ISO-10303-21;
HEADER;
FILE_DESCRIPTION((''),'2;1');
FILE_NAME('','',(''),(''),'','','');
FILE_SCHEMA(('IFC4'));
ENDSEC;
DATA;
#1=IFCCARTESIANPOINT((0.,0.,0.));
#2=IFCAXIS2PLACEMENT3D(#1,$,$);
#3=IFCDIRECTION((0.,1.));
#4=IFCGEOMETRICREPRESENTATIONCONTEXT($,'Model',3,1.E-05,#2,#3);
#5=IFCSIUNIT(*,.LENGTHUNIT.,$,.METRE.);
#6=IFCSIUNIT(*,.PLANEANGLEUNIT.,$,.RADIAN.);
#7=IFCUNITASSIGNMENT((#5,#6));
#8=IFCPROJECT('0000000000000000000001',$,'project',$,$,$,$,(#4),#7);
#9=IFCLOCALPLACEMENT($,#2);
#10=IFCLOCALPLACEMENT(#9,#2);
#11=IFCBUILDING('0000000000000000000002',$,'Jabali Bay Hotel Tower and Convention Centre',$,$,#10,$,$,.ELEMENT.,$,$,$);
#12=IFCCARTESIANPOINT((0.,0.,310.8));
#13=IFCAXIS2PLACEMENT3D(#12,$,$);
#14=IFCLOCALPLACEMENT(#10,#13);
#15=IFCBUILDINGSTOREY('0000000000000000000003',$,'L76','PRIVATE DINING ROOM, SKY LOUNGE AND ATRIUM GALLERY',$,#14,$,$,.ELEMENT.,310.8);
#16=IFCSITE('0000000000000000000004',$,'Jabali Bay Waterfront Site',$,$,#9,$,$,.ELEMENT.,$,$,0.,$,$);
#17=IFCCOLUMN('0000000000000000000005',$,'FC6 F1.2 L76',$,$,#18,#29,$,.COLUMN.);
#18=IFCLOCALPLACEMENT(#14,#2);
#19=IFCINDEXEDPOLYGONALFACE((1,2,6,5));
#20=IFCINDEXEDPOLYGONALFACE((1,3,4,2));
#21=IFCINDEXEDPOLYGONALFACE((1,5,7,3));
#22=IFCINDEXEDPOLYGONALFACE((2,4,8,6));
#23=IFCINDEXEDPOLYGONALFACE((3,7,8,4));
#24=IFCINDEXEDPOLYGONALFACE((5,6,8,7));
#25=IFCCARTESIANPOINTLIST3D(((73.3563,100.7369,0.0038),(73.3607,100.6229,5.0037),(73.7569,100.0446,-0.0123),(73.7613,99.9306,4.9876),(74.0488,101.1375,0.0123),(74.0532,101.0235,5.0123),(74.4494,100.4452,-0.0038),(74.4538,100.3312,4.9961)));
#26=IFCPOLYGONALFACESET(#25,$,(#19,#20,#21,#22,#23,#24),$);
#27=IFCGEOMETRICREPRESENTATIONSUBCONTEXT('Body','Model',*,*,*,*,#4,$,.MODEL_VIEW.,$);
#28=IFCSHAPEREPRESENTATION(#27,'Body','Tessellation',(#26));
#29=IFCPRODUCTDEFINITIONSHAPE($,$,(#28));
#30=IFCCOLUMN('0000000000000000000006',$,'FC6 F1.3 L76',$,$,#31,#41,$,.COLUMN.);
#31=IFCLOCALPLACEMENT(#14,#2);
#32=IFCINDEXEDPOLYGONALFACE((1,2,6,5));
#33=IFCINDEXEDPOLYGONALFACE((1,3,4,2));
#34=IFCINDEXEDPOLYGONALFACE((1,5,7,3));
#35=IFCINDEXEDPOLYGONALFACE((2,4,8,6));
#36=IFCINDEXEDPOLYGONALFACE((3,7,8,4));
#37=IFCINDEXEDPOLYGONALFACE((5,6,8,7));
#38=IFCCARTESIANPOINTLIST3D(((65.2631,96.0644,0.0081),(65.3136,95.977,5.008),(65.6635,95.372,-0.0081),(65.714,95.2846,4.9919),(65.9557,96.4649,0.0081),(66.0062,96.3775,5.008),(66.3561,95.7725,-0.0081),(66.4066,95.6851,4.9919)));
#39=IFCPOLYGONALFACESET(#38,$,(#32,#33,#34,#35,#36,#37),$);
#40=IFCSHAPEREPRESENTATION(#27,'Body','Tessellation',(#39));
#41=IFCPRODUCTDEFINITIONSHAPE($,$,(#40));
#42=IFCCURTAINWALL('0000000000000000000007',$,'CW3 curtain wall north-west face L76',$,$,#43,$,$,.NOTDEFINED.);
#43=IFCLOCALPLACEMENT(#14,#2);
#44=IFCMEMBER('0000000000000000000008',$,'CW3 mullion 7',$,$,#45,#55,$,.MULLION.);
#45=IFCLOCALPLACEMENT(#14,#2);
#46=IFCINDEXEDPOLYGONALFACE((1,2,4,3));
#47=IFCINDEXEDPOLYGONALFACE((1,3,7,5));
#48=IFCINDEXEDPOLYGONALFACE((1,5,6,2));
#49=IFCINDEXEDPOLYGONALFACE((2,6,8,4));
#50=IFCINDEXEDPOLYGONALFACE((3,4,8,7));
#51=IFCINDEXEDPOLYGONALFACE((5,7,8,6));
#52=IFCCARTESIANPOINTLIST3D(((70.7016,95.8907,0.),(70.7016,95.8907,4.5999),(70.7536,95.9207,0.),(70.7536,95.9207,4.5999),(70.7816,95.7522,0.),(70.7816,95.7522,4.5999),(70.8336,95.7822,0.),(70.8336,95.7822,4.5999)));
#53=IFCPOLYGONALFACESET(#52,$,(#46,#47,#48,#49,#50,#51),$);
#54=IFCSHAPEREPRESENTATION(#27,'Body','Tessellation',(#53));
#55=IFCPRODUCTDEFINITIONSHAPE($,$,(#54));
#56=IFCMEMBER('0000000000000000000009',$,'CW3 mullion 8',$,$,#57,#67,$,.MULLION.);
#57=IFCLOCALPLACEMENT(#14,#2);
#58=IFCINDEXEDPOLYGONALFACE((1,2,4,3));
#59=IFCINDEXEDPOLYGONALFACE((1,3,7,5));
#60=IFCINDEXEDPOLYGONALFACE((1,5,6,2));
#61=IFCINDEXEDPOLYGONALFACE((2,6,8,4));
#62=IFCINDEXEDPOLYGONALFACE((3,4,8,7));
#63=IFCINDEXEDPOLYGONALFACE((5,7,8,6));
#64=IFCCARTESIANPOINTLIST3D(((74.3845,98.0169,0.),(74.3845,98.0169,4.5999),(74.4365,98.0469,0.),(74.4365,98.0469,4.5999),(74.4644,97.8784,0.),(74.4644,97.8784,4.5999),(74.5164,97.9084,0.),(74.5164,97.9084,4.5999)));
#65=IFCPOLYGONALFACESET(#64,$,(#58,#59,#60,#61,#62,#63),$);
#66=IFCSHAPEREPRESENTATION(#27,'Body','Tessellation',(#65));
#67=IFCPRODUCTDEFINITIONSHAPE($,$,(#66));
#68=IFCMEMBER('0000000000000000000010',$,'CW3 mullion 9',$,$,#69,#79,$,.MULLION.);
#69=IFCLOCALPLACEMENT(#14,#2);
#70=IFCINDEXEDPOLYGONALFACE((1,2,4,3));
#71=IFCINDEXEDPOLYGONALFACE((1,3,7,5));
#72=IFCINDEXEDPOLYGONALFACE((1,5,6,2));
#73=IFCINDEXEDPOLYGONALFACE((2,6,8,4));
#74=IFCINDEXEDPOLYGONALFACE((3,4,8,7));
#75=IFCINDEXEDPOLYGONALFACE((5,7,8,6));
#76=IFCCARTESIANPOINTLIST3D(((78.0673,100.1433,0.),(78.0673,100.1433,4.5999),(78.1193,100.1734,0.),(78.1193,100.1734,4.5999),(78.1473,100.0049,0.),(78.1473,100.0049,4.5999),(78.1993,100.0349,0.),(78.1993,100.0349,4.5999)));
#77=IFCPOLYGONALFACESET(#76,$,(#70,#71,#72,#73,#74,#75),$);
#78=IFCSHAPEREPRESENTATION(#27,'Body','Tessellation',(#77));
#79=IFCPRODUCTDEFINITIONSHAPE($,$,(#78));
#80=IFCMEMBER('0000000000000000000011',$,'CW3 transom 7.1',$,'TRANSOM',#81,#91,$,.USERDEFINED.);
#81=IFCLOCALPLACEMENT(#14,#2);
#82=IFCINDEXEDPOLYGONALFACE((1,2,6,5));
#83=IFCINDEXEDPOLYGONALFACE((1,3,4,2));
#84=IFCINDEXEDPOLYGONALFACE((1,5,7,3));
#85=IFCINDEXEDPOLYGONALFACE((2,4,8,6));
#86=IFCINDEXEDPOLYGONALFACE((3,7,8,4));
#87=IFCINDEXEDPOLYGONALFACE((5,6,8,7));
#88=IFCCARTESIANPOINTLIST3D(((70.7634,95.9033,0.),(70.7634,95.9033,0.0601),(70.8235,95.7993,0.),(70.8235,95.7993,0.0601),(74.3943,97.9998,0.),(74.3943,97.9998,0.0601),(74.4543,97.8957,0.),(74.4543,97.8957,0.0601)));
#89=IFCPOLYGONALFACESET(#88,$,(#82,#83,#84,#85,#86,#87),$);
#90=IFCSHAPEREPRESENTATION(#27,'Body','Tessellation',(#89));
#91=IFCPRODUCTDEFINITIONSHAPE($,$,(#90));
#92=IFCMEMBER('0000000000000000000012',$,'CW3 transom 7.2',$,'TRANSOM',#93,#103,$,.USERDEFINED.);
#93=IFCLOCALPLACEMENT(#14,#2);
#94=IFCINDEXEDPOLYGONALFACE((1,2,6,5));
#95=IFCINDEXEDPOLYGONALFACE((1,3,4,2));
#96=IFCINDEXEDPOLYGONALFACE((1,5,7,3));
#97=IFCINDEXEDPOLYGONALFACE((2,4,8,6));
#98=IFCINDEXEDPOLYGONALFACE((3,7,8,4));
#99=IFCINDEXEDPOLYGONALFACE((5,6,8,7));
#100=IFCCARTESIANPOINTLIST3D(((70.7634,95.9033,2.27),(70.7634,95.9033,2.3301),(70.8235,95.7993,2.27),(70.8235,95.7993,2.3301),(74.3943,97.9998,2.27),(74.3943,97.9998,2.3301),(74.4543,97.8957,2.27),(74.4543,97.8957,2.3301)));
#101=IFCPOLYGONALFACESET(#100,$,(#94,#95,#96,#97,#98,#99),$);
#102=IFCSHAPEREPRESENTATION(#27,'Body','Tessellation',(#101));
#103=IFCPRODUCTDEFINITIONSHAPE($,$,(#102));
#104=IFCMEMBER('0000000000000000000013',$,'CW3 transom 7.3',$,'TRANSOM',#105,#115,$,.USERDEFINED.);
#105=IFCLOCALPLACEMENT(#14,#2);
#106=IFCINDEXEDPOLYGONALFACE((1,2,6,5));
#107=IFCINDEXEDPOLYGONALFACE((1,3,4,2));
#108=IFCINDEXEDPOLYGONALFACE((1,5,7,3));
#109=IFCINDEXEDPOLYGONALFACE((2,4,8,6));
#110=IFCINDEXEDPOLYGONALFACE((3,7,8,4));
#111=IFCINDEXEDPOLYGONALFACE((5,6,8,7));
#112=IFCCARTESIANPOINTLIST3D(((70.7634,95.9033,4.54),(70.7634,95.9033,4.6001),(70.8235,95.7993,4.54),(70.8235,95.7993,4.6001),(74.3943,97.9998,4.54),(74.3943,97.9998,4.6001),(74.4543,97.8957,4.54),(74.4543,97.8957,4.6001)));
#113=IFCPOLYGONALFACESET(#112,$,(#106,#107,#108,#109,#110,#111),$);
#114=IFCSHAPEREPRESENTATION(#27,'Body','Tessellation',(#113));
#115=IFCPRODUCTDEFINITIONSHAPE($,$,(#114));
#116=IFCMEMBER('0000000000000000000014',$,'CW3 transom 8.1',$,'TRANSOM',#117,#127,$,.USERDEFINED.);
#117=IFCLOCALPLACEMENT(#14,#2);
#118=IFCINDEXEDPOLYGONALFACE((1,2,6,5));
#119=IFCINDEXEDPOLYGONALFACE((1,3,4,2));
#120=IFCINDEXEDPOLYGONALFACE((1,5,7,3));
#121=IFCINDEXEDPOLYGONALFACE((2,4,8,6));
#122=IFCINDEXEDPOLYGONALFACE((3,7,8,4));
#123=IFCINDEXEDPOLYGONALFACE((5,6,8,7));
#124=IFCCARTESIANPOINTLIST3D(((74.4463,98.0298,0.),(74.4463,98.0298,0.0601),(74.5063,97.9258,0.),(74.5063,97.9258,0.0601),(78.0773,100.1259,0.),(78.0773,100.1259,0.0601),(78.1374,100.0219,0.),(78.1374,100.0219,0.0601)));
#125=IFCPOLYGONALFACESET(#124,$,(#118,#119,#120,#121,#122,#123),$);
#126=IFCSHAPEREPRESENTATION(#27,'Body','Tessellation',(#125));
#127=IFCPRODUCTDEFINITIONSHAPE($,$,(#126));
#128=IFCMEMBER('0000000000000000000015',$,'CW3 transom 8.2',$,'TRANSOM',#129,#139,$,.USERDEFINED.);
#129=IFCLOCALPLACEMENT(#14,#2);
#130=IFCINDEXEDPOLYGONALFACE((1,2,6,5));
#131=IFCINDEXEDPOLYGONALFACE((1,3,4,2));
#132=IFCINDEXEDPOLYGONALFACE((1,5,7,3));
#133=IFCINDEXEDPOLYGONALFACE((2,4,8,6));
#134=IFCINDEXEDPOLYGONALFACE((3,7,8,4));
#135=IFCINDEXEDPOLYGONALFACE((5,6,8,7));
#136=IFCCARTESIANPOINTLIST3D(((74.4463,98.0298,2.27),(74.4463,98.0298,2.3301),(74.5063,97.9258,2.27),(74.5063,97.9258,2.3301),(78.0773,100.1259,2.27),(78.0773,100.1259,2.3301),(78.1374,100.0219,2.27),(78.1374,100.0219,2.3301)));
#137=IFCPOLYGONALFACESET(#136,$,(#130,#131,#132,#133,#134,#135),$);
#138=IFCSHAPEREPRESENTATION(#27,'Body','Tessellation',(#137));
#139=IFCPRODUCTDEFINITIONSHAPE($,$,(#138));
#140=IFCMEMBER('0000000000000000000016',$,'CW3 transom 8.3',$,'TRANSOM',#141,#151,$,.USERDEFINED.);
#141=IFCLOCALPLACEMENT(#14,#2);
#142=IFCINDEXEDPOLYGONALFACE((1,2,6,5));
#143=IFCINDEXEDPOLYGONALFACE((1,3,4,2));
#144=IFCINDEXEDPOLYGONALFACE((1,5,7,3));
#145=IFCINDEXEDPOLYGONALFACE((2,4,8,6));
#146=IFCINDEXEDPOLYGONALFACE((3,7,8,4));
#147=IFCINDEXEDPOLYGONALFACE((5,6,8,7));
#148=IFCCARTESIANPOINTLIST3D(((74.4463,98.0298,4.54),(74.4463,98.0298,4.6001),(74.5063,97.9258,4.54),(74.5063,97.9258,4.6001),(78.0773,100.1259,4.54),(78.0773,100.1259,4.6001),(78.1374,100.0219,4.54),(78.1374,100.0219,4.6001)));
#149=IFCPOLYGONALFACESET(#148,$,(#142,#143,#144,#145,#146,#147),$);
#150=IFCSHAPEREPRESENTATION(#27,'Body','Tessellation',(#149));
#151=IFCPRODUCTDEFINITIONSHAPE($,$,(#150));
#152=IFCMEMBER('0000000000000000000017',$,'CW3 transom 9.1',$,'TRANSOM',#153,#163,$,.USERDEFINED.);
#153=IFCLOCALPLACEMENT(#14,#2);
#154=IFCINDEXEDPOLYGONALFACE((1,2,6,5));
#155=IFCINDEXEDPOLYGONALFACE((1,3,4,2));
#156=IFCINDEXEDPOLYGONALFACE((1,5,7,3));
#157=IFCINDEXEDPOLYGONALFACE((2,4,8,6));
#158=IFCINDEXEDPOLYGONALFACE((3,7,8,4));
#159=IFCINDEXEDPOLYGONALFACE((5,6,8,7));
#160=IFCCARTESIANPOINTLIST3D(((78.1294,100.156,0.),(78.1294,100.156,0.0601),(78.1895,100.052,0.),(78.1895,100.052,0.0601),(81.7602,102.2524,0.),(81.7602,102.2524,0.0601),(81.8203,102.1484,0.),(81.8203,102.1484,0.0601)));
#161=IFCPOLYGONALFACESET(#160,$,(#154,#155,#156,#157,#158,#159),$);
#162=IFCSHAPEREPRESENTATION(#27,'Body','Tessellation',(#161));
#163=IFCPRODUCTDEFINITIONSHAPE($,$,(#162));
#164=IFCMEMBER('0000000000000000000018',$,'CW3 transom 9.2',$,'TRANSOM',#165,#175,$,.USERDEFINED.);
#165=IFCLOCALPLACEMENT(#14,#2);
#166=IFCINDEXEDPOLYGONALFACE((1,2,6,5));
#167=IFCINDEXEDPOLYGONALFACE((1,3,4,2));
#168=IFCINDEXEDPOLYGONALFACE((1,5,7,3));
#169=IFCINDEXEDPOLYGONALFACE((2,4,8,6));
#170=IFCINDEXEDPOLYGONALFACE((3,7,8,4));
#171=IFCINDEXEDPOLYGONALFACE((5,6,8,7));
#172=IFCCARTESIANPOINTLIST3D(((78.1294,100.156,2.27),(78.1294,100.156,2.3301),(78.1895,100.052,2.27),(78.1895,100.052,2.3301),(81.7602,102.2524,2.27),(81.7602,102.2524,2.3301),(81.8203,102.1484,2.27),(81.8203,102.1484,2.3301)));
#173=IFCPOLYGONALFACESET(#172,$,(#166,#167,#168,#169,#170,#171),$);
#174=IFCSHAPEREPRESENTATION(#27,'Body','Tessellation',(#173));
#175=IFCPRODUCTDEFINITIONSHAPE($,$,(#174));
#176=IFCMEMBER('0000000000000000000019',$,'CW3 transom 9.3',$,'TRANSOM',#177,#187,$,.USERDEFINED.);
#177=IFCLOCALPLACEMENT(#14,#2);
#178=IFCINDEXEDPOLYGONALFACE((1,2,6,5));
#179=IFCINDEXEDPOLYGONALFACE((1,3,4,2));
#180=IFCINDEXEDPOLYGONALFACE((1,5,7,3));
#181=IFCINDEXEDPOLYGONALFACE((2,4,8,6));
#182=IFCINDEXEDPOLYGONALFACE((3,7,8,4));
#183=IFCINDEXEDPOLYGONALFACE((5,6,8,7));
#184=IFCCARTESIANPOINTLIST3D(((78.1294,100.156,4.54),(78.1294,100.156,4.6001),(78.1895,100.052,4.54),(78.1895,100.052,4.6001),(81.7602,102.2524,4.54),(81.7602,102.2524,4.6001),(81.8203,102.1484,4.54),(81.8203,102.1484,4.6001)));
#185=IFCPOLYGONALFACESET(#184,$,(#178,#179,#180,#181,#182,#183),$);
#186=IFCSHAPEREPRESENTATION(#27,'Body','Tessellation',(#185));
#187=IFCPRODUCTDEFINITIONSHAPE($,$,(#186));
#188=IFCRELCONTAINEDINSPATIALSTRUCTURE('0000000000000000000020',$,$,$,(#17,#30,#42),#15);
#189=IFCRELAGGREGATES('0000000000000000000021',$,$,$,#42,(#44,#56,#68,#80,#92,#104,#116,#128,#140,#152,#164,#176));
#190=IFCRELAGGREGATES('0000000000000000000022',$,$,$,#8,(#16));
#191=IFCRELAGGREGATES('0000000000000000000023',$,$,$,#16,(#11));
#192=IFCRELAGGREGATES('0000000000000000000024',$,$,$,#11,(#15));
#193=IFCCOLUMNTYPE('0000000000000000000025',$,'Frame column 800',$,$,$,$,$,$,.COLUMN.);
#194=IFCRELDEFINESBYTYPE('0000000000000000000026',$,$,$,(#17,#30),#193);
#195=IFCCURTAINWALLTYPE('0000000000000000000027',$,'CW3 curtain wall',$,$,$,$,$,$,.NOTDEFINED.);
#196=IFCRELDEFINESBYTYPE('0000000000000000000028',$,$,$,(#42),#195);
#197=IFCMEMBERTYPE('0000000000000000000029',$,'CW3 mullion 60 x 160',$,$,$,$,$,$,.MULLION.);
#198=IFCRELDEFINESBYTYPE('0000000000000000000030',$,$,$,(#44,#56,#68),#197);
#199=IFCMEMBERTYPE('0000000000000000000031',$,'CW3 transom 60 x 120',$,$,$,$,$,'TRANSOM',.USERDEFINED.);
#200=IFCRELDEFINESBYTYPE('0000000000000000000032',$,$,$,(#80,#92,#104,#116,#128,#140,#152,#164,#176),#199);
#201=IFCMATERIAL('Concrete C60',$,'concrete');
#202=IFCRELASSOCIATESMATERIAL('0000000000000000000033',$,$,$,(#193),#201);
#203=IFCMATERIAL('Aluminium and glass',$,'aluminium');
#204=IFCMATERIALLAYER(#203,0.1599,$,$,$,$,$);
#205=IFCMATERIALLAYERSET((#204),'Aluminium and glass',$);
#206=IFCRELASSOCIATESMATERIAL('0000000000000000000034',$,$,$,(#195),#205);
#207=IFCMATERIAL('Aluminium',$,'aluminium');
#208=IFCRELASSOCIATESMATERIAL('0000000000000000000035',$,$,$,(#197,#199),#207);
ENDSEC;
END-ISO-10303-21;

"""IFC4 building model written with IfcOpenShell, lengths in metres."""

from ifc_helpers import new_model, si_unit, direction, frame, origin, origin_2d, place, context, subcontext, project, spatial, rectangle, extrude, material, layer, layer_set, material_profile, profile_set, type_object, element, aggregate, save


model = new_model("IFC4")

# Units and contexts
model_context = context("Model", 3, precision=1e-05, world=origin(), true_north=direction((0.0, 1.0)))
body_context = subcontext(model_context, "Body", "Model", "MODEL_VIEW")
ifc_project = project(units=[si_unit("LENGTHUNIT", "METRE"), si_unit("PLANEANGLEUNIT", "RADIAN")], contexts=[model_context])

# Site, building, storey
site_placement = place(None, origin())
site = spatial("IfcSite", under=ifc_project, at=site_placement, Name="Jabali Bay Waterfront Site", CompositionType="ELEMENT", RefElevation=0.0)
building_placement = place(site_placement, origin())
building = spatial("IfcBuilding", under=site, at=building_placement, Name="Jabali Bay Hotel Tower and Convention Centre", CompositionType="ELEMENT")
storey_placement = place(building_placement, frame((0.0, 0.0, 310.8)))
storey = spatial("IfcBuildingStorey", under=building, at=storey_placement, Name="L76", Description="PRIVATE DINING ROOM, SKY LOUNGE AND ATRIUM GALLERY", CompositionType="ELEMENT", Elevation=310.8)

# Columns
ifc_material_1 = material(Name="Concrete C60", Category="concrete")
ifc_material_profile_1 = material_profile(ifc_material_1, rectangle(XDim=0.8, YDim=0.8, at=origin_2d()), Name="Frame column 800")
ifc_profile_set_1 = profile_set([ifc_material_profile_1], Name="Concrete C60")
column_type = type_object("IfcColumnType", Name="Frame column 800", PredefinedType="COLUMN", material=ifc_profile_set_1)
column_1_placement = place(storey_placement, frame((73.9028, 100.5911, 0.0), z_axis=(0.000879, -0.022797, 0.99974), x_axis=(0.865574, 0.500668, 0.010656)))
element("IfcColumn", 1, at=column_1_placement, inside=storey, type_object=column_type, Name="FC6 F1.2 L76", PredefinedType="COLUMN", context=body_context, shape_type="SweptSolid", body=[
    extrude(rectangle(XDim=0.8, YDim=0.8, at=origin_2d()), origin(), (0.0, 0.0, 1.0), 5.0012),
])
column_2_placement = place(storey_placement, frame((65.8096, 95.9185, 0.0), z_axis=(0.010105, -0.017477, 0.999796), x_axis=(0.8657, 0.500564, 0.0)))
element("IfcColumn", 2, at=column_2_placement, inside=storey, type_object=column_type, Name="FC6 F1.3 L76", PredefinedType="COLUMN", context=body_context, shape_type="SweptSolid", body=[
    extrude(rectangle(XDim=0.8, YDim=0.8, at=origin_2d()), origin(), (0.0, 0.0, 1.0), 5.001),
])

# Curtain wall, members
ifc_material_2 = material(Name="Aluminium and glass", Category="aluminium")
ifc_layer_1 = layer(ifc_material_2, 0.1599)
ifc_layer_set_1 = layer_set([ifc_layer_1], Name="Aluminium and glass")
curtain_wall_type = type_object("IfcCurtainWallType", Name="CW3 curtain wall", PredefinedType="NOTDEFINED", material=ifc_layer_set_1)
curtain_wall_placement = place(storey_placement, origin())
curtain_wall = element("IfcCurtainWall", 3, at=curtain_wall_placement, inside=storey, type_object=curtain_wall_type, Name="CW3 curtain wall north-west face L76", PredefinedType="NOTDEFINED")
ifc_material_3 = material(Name="Aluminium", Category="aluminium")
ifc_material_profile_2 = material_profile(ifc_material_3, rectangle(XDim=0.1599, YDim=0.0601, at=origin_2d()), Name="CW3 mullion 60 x 160")
ifc_profile_set_2 = profile_set([ifc_material_profile_2], Name="Aluminium")
member_type_1 = type_object("IfcMemberType", Name="CW3 mullion 60 x 160", PredefinedType="MULLION", material=ifc_profile_set_2)
member_1_placement = place(storey_placement, frame((70.7676, 95.8364, 0.0), z_axis=(0.0, 0.0, 1.0), x_axis=(-0.5, 0.866025, 0.0)))
member_1 = element("IfcMember", 4, at=member_1_placement, type_object=member_type_1, Name="CW3 mullion 7", PredefinedType="MULLION", context=body_context, shape_type="SweptSolid", body=[
    extrude(rectangle(XDim=0.1599, YDim=0.0601, at=origin_2d()), origin(), (0.0, 0.0, 1.0), 4.5999),
])
member_2_placement = place(storey_placement, frame((74.4504, 97.9626, 0.0), z_axis=(0.0, 0.0, 1.0), x_axis=(-0.5, 0.866025, 0.0)))
member_2 = element("IfcMember", 5, at=member_2_placement, type_object=member_type_1, Name="CW3 mullion 8", PredefinedType="MULLION", context=body_context, shape_type="SweptSolid", body=[
    extrude(rectangle(XDim=0.1599, YDim=0.0601, at=origin_2d()), origin(), (0.0, 0.0, 1.0), 4.5999),
])
member_3_placement = place(storey_placement, frame((78.1333, 100.0891, 0.0), z_axis=(0.0, 0.0, 1.0), x_axis=(-0.5, 0.866025, 0.0)))
member_3 = element("IfcMember", 6, at=member_3_placement, type_object=member_type_1, Name="CW3 mullion 9", PredefinedType="MULLION", context=body_context, shape_type="SweptSolid", body=[
    extrude(rectangle(XDim=0.1599, YDim=0.0601, at=origin_2d()), origin(), (0.0, 0.0, 1.0), 4.5999),
])
ifc_material_profile_3 = material_profile(ifc_material_3, rectangle(XDim=0.1201, YDim=0.0601, at=origin_2d()), Name="CW3 transom 60 x 120")
ifc_profile_set_3 = profile_set([ifc_material_profile_3], Name="Aluminium")
member_type_2 = type_object("IfcMemberType", Name="CW3 transom 60 x 120", ElementType="TRANSOM", PredefinedType="USERDEFINED", material=ifc_profile_set_3)
member_4_placement = place(storey_placement, frame((70.7935, 95.8513, 0.03), z_axis=(0.866009, 0.500028, 0.0), x_axis=(-0.500028, 0.866009, 0.0)))
member_4 = element("IfcMember", 7, at=member_4_placement, type_object=member_type_2, Name="CW3 transom 7.1", ObjectType="TRANSOM", PredefinedType="USERDEFINED", context=body_context, shape_type="SweptSolid", body=[
    extrude(rectangle(XDim=0.1201, YDim=0.0601, at=origin_2d()), origin(), (0.0, 0.0, 1.0), 4.1926),
])
member_5_placement = place(storey_placement, frame((70.7935, 95.8513, 2.3), z_axis=(0.866009, 0.500028, 0.0), x_axis=(-0.500028, 0.866009, 0.0)))
member_5 = element("IfcMember", 8, at=member_5_placement, type_object=member_type_2, Name="CW3 transom 7.2", ObjectType="TRANSOM", PredefinedType="USERDEFINED", context=body_context, shape_type="SweptSolid", body=[
    extrude(rectangle(XDim=0.1201, YDim=0.0601, at=origin_2d()), origin(), (0.0, 0.0, 1.0), 4.1926),
])
member_6_placement = place(storey_placement, frame((70.7935, 95.8513, 4.5701), z_axis=(0.866009, 0.500028, 0.0), x_axis=(-0.500028, 0.866009, 0.0)))
member_6 = element("IfcMember", 9, at=member_6_placement, type_object=member_type_2, Name="CW3 transom 7.3", ObjectType="TRANSOM", PredefinedType="USERDEFINED", context=body_context, shape_type="SweptSolid", body=[
    extrude(rectangle(XDim=0.1201, YDim=0.0601, at=origin_2d()), origin(), (0.0, 0.0, 1.0), 4.1926),
])
member_7_placement = place(storey_placement, frame((74.4763, 97.9778, 0.03), z_axis=(0.866049, 0.499959, 0.0), x_axis=(-0.499959, 0.866049, 0.0)))
member_7 = element("IfcMember", 10, at=member_7_placement, type_object=member_type_2, Name="CW3 transom 8.1", ObjectType="TRANSOM", PredefinedType="USERDEFINED", context=body_context, shape_type="SweptSolid", body=[
    extrude(rectangle(XDim=0.1201, YDim=0.0601, at=origin_2d()), origin(), (0.0, 0.0, 1.0), 4.1926),
])
member_8_placement = place(storey_placement, frame((74.4763, 97.9778, 2.3), z_axis=(0.866049, 0.499959, 0.0), x_axis=(-0.499959, 0.866049, 0.0)))
member_8 = element("IfcMember", 11, at=member_8_placement, type_object=member_type_2, Name="CW3 transom 8.2", ObjectType="TRANSOM", PredefinedType="USERDEFINED", context=body_context, shape_type="SweptSolid", body=[
    extrude(rectangle(XDim=0.1201, YDim=0.0601, at=origin_2d()), origin(), (0.0, 0.0, 1.0), 4.1926),
])
member_9_placement = place(storey_placement, frame((74.4763, 97.9778, 4.5701), z_axis=(0.866049, 0.499959, 0.0), x_axis=(-0.499959, 0.866049, 0.0)))
member_9 = element("IfcMember", 12, at=member_9_placement, type_object=member_type_2, Name="CW3 transom 8.3", ObjectType="TRANSOM", PredefinedType="USERDEFINED", context=body_context, shape_type="SweptSolid", body=[
    extrude(rectangle(XDim=0.1201, YDim=0.0601, at=origin_2d()), origin(), (0.0, 0.0, 1.0), 4.1926),
])
member_10_placement = place(storey_placement, frame((78.1594, 100.104, 0.03), z_axis=(0.866009, 0.500028, 0.0), x_axis=(-0.500028, 0.866009, 0.0)))
member_10 = element("IfcMember", 13, at=member_10_placement, type_object=member_type_2, Name="CW3 transom 9.1", ObjectType="TRANSOM", PredefinedType="USERDEFINED", context=body_context, shape_type="SweptSolid", body=[
    extrude(rectangle(XDim=0.1201, YDim=0.0601, at=origin_2d()), origin(), (0.0, 0.0, 1.0), 4.1926),
])
member_11_placement = place(storey_placement, frame((78.1594, 100.104, 2.3), z_axis=(0.866009, 0.500028, 0.0), x_axis=(-0.500028, 0.866009, 0.0)))
member_11 = element("IfcMember", 14, at=member_11_placement, type_object=member_type_2, Name="CW3 transom 9.2", ObjectType="TRANSOM", PredefinedType="USERDEFINED", context=body_context, shape_type="SweptSolid", body=[
    extrude(rectangle(XDim=0.1201, YDim=0.0601, at=origin_2d()), origin(), (0.0, 0.0, 1.0), 4.1926),
])
member_12_placement = place(storey_placement, frame((78.1594, 100.104, 4.5701), z_axis=(0.866009, 0.500028, 0.0), x_axis=(-0.500028, 0.866009, 0.0)))
member_12 = element("IfcMember", 15, at=member_12_placement, type_object=member_type_2, Name="CW3 transom 9.3", ObjectType="TRANSOM", PredefinedType="USERDEFINED", context=body_context, shape_type="SweptSolid", body=[
    extrude(rectangle(XDim=0.1201, YDim=0.0601, at=origin_2d()), origin(), (0.0, 0.0, 1.0), 4.1926),
])

aggregate(curtain_wall, [member_1, member_2, member_3, member_4, member_5, member_6, member_7, member_8, member_9, member_10, member_11, member_12])

save(model, "model.ifc")
